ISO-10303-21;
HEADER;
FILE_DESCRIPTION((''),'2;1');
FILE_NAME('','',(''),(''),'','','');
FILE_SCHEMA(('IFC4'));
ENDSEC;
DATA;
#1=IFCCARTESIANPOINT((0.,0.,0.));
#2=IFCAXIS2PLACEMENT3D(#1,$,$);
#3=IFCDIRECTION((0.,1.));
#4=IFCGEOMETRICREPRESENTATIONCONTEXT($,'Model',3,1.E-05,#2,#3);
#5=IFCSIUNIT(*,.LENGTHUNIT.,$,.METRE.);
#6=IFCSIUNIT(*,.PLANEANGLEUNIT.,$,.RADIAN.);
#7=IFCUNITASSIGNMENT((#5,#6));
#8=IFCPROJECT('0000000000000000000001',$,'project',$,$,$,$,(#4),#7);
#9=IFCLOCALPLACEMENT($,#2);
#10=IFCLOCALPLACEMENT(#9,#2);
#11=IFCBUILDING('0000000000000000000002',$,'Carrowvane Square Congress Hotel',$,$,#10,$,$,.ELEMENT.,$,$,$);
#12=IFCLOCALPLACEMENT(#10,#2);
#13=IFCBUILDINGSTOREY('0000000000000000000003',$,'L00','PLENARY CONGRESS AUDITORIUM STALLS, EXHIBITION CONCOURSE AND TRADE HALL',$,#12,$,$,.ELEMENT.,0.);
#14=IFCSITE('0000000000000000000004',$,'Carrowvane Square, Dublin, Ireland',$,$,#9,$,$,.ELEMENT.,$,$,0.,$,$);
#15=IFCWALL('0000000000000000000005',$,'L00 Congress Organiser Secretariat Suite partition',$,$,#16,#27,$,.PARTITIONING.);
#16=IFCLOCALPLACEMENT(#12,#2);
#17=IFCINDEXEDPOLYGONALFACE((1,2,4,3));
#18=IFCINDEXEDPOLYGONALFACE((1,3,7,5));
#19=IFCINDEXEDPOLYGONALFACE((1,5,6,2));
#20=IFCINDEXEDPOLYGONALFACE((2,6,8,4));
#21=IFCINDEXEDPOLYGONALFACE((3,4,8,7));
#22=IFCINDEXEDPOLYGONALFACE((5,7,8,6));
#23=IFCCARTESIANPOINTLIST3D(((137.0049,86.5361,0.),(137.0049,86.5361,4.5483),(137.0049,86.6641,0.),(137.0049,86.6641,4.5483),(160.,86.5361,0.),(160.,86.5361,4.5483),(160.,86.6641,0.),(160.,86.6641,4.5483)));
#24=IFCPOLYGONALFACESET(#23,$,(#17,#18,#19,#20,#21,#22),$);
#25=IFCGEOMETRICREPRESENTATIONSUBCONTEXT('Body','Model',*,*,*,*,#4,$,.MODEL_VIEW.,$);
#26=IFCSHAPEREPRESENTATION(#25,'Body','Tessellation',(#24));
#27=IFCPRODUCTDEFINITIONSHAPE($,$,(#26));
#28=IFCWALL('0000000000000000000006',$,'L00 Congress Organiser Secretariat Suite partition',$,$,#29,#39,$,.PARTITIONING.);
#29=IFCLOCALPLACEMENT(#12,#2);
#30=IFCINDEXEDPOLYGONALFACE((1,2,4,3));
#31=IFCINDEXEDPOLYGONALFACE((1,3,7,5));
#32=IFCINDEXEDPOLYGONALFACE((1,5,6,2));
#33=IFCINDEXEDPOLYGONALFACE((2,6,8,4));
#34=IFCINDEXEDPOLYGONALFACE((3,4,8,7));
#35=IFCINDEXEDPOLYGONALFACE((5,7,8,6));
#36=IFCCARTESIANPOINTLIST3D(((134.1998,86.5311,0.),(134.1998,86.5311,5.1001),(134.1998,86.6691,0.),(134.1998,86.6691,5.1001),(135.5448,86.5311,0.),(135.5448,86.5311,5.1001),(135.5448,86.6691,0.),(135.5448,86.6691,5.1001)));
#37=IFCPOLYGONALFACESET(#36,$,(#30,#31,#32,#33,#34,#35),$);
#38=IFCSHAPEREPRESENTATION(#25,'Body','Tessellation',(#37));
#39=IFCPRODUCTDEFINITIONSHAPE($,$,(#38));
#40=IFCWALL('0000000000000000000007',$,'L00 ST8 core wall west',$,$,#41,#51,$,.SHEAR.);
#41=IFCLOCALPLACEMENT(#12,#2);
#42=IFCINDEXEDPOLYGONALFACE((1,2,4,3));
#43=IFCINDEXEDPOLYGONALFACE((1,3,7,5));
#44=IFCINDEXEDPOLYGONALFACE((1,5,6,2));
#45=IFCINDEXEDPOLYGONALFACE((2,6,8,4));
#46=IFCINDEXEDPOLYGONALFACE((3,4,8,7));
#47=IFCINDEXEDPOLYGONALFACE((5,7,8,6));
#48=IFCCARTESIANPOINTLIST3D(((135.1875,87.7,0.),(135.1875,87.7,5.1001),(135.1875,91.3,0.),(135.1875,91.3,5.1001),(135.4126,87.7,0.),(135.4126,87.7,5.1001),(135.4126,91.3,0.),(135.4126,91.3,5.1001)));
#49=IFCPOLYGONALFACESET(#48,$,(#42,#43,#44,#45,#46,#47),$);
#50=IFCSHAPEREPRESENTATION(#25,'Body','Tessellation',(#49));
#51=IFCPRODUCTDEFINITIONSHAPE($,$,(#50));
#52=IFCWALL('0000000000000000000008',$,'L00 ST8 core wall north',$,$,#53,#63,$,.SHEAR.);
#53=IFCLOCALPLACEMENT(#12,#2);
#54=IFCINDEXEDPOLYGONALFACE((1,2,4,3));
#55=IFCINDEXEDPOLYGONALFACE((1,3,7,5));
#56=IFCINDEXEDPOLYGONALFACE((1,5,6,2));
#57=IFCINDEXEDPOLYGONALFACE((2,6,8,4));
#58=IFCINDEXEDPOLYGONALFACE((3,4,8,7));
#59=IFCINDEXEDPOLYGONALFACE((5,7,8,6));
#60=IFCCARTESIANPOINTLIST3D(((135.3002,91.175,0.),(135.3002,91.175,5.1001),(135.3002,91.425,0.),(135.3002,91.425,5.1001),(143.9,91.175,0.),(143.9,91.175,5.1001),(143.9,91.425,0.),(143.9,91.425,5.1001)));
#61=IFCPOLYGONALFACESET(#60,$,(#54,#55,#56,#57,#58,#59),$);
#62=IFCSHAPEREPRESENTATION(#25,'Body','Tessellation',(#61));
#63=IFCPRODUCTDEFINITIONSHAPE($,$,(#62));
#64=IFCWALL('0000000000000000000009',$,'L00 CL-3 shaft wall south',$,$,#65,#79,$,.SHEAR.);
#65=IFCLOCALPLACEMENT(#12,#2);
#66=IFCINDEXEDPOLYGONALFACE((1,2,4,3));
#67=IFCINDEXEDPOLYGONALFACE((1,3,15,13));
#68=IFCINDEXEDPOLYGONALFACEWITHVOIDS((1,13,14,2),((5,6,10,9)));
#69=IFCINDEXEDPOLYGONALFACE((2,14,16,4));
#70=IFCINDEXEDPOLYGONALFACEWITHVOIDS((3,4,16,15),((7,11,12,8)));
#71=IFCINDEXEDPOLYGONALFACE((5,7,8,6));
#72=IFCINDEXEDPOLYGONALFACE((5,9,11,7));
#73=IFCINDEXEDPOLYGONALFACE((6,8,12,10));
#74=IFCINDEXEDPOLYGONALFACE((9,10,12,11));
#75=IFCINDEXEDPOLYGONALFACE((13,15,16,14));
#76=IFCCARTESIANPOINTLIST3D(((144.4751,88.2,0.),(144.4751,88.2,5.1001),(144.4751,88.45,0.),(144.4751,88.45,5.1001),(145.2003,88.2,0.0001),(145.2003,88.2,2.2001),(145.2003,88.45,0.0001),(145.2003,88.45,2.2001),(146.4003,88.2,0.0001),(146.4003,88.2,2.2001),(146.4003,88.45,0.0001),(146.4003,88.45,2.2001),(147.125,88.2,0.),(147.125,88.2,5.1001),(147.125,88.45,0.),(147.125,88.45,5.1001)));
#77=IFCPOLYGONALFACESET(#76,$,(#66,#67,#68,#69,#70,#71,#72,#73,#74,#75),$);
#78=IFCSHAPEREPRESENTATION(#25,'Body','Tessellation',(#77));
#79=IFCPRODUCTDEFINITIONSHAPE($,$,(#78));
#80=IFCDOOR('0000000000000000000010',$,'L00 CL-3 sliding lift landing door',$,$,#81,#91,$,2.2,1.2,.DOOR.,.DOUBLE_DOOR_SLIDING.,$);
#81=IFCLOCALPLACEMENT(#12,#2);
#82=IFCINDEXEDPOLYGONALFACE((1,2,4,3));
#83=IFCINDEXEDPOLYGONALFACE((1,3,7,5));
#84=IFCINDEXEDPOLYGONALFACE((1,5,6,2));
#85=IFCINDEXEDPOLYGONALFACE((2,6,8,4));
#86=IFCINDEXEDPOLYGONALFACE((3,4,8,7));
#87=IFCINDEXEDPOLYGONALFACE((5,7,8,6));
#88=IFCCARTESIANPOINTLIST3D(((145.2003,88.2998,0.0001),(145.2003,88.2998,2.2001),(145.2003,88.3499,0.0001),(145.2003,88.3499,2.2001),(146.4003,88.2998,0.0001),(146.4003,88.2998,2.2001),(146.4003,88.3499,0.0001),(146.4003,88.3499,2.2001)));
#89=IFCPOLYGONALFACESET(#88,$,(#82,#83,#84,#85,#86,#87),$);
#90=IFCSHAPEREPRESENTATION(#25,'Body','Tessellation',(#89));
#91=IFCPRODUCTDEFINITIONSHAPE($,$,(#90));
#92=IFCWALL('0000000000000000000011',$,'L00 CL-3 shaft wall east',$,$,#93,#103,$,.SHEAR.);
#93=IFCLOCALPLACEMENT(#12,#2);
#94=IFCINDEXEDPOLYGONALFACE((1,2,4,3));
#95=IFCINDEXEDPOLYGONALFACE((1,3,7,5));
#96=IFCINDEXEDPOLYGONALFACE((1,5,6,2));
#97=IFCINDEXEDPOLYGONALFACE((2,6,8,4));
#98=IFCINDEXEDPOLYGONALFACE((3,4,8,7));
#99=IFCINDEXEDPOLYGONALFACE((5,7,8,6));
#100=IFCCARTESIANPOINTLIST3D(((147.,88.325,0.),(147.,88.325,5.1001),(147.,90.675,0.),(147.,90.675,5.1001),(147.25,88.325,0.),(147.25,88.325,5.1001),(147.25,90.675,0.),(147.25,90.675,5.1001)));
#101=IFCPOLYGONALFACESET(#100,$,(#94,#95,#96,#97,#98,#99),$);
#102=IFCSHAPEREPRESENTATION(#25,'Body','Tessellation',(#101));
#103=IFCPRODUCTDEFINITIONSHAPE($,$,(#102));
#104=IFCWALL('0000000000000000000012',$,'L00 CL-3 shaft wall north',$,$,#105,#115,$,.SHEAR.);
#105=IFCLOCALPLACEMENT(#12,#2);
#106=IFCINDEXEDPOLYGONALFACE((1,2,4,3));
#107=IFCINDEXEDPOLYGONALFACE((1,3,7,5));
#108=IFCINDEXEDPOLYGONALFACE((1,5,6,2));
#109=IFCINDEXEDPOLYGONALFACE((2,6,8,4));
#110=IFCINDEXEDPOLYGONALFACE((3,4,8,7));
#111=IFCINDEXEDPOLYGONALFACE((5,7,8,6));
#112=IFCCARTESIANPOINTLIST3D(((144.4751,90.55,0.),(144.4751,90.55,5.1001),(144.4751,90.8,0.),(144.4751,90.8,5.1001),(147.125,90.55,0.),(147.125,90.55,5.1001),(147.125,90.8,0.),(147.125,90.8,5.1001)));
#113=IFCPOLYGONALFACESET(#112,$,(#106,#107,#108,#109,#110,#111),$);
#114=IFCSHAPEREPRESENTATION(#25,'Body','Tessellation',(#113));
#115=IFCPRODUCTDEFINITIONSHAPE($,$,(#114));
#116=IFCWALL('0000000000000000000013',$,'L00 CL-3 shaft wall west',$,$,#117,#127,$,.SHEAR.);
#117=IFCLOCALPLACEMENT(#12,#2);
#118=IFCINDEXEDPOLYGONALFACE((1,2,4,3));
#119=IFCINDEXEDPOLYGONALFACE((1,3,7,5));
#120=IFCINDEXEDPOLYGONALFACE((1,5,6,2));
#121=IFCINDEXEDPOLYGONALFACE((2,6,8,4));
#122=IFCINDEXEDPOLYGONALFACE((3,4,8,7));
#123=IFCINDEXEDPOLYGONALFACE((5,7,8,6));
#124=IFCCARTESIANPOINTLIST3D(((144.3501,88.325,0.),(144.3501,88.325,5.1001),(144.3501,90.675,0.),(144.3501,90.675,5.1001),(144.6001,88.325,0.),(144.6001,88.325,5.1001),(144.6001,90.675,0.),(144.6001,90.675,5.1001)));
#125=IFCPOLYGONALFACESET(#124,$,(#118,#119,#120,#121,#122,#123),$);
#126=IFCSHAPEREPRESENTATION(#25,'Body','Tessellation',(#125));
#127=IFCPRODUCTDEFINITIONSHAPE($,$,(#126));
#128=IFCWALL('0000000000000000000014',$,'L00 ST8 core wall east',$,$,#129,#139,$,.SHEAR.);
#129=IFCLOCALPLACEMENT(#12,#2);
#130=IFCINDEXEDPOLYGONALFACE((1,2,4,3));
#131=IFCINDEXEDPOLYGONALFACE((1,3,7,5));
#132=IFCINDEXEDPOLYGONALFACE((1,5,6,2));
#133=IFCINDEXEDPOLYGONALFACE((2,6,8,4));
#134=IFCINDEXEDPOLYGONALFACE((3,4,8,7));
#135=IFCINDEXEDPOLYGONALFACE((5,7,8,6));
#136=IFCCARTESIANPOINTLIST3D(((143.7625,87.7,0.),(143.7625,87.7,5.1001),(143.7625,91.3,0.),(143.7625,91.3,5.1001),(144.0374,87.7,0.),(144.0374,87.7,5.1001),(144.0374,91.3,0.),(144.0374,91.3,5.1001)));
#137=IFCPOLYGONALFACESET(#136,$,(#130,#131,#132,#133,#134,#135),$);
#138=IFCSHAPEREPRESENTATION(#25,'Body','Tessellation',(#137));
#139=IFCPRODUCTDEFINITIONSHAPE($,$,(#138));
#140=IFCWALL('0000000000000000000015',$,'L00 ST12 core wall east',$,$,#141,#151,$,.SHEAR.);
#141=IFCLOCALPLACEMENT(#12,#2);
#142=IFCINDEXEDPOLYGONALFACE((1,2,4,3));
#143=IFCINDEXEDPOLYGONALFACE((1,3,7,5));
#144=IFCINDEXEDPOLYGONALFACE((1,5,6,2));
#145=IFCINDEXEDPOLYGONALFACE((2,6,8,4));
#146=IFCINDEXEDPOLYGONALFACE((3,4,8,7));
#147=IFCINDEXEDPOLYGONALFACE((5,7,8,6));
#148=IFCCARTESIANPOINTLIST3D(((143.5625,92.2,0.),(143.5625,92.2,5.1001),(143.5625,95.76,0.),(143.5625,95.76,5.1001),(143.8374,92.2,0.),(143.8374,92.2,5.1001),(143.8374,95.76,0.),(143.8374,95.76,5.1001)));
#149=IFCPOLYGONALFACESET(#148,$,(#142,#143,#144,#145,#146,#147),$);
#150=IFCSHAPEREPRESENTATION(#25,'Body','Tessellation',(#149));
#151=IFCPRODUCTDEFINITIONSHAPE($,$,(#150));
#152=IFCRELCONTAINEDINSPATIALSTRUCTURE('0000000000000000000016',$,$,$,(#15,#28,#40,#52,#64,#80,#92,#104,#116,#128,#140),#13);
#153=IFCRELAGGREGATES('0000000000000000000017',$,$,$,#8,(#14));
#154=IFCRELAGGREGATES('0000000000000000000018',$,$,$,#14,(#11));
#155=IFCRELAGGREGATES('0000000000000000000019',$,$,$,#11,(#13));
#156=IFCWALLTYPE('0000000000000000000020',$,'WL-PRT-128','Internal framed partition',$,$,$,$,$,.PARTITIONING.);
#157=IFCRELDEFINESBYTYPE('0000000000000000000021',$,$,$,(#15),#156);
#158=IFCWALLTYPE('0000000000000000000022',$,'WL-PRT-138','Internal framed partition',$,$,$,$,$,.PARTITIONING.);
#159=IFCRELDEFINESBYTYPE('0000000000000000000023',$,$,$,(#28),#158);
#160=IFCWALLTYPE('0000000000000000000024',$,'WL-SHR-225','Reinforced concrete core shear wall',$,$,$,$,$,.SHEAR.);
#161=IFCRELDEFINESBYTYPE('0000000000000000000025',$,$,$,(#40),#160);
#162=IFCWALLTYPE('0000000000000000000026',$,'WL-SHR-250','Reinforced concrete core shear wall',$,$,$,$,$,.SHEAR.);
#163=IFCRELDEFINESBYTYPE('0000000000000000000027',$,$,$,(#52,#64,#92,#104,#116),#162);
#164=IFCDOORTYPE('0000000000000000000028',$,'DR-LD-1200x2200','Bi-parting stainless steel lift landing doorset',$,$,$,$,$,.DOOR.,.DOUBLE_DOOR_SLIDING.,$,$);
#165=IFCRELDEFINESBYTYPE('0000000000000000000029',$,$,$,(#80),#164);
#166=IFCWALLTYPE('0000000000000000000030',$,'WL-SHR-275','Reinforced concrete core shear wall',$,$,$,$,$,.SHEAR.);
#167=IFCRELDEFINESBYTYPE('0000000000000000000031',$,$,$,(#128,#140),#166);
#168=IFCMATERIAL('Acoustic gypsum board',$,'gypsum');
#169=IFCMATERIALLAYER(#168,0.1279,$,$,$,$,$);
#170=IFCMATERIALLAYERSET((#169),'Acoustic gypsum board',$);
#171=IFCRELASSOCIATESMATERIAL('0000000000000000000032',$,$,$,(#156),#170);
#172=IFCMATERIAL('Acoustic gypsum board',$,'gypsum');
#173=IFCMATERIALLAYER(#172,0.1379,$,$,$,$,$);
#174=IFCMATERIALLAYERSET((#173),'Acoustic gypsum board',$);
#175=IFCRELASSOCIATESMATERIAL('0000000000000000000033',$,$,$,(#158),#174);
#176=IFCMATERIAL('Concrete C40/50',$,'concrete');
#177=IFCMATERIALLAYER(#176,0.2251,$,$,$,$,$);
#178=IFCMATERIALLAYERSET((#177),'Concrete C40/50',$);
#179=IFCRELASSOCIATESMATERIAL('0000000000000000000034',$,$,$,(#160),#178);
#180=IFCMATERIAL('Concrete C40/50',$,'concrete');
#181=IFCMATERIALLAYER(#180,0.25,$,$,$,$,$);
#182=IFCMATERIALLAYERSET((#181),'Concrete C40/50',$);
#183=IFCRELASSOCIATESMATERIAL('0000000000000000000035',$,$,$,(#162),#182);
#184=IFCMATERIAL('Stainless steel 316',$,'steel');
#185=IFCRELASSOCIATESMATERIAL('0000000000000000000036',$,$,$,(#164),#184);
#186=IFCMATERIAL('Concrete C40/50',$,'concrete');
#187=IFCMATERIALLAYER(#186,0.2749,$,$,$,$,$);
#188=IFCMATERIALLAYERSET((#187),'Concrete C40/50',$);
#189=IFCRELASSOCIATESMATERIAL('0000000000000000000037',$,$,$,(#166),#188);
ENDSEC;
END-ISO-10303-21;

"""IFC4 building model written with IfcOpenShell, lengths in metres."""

from ifc_helpers import new_model, si_unit, direction, frame, frame_2d, origin, place, context, subcontext, project, spatial, rectangle, extrude, material, layer, layer_set, type_object, element, fill, save


model = new_model("IFC4")

# Units and contexts
model_context = context("Model", 3, precision=1e-05, world=origin(), true_north=direction((0.0, 1.0)))
body_context = subcontext(model_context, "Body", "Model", "MODEL_VIEW")
ifc_project = project(units=[si_unit("LENGTHUNIT", "METRE"), si_unit("PLANEANGLEUNIT", "RADIAN")], contexts=[model_context])

# Site, building, storey
site_placement = place(None, origin())
site = spatial("IfcSite", under=ifc_project, at=site_placement, Name="Carrowvane Square, Dublin, Ireland", CompositionType="ELEMENT", RefElevation=0.0)
building_placement = place(site_placement, origin())
building = spatial("IfcBuilding", under=site, at=building_placement, Name="Carrowvane Square Congress Hotel", CompositionType="ELEMENT")
storey_placement = place(building_placement, origin())
storey = spatial("IfcBuildingStorey", under=building, at=storey_placement, Name="L00", Description="PLENARY CONGRESS AUDITORIUM STALLS, EXHIBITION CONCOURSE AND TRADE HALL", CompositionType="ELEMENT", Elevation=0.0)

# Walls
ifc_material_1 = material(Name="Acoustic gypsum board", Category="gypsum")
ifc_layer_1 = layer(ifc_material_1, 0.1279)
ifc_layer_set_1 = layer_set([ifc_layer_1], Name="Acoustic gypsum board")
wall_type_1 = type_object("IfcWallType", Name="WL-PRT-128", Description="Internal framed partition", PredefinedType="PARTITIONING", material=ifc_layer_set_1)
wall_1_placement = place(storey_placement, frame((137.0049, 86.6001, 0.0), z_axis=(0.0, 0.0, 1.0), x_axis=(1.0, 0.0, 0.0)))
element("IfcWall", 1, at=wall_1_placement, inside=storey, type_object=wall_type_1, Name="L00 Congress Organiser Secretariat Suite partition", PredefinedType="PARTITIONING", context=body_context, shape_type="SweptSolid", body=[
    extrude(rectangle(XDim=22.9951, YDim=0.1279, at=frame_2d((11.4976, 0.0))), origin(), (0.0, 0.0, 1.0), 4.5483),
])
ifc_material_2 = material(Name="Acoustic gypsum board", Category="gypsum")
ifc_layer_2 = layer(ifc_material_2, 0.1379)
ifc_layer_set_2 = layer_set([ifc_layer_2], Name="Acoustic gypsum board")
wall_type_2 = type_object("IfcWallType", Name="WL-PRT-138", Description="Internal framed partition", PredefinedType="PARTITIONING", material=ifc_layer_set_2)
wall_2_placement = place(storey_placement, frame((134.2, 86.6001, 0.0), z_axis=(0.0, 0.0, 1.0), x_axis=(1.0, 0.0, 0.0)))
element("IfcWall", 2, at=wall_2_placement, inside=storey, type_object=wall_type_2, Name="L00 Congress Organiser Secretariat Suite partition", PredefinedType="PARTITIONING", context=body_context, shape_type="SweptSolid", body=[
    extrude(rectangle(XDim=1.345, YDim=0.1379, at=frame_2d((0.6724, 0.0))), origin(), (0.0, 0.0, 1.0), 5.1001),
])
ifc_material_3 = material(Name="Concrete C40/50", Category="concrete")
ifc_layer_3 = layer(ifc_material_3, 0.2251)
ifc_layer_set_3 = layer_set([ifc_layer_3], Name="Concrete C40/50")
wall_type_3 = type_object("IfcWallType", Name="WL-SHR-225", Description="Reinforced concrete core shear wall", PredefinedType="SHEAR", material=ifc_layer_set_3)
wall_3_placement = place(storey_placement, frame((135.3, 91.3, 0.0), z_axis=(0.0, 0.0, 1.0), x_axis=(0.0, -1.0, 0.0)))
element("IfcWall", 3, at=wall_3_placement, inside=storey, type_object=wall_type_3, Name="L00 ST8 core wall west", PredefinedType="SHEAR", context=body_context, shape_type="SweptSolid", body=[
    extrude(rectangle(XDim=3.6001, YDim=0.2251, at=frame_2d((1.8, 0.0))), origin(), (0.0, 0.0, 1.0), 5.1001),
])
ifc_material_4 = material(Name="Concrete C40/50", Category="concrete")
ifc_layer_4 = layer(ifc_material_4, 0.25)
ifc_layer_set_4 = layer_set([ifc_layer_4], Name="Concrete C40/50")
wall_type_4 = type_object("IfcWallType", Name="WL-SHR-250", Description="Reinforced concrete core shear wall", PredefinedType="SHEAR", material=ifc_layer_set_4)
wall_4_placement = place(storey_placement, frame((143.8999, 91.3, 0.0), z_axis=(0.0, 0.0, 1.0), x_axis=(-1.0, 0.0, 0.0)))
element("IfcWall", 4, at=wall_4_placement, inside=storey, type_object=wall_type_4, Name="L00 ST8 core wall north", PredefinedType="SHEAR", context=body_context, shape_type="SweptSolid", body=[
    extrude(rectangle(XDim=8.5999, YDim=0.25, at=frame_2d((4.2998, 0.0))), origin(), (0.0, 0.0, 1.0), 5.1001),
])

# Wall, opening, door
wall_5_placement = place(storey_placement, frame((144.4751, 88.325, 0.0), z_axis=(0.0, 0.0, 1.0), x_axis=(1.0, 0.0, 0.0)))
wall_5 = element("IfcWall", 5, at=wall_5_placement, inside=storey, type_object=wall_type_4, Name="L00 CL-3 shaft wall south", PredefinedType="SHEAR", context=body_context, shape_type="SweptSolid", body=[
    extrude(rectangle(XDim=2.6499, YDim=0.25, at=frame_2d((1.325, 0.0))), origin(), (0.0, 0.0, 1.0), 5.1001),
])
opening_1_placement = place(wall_5_placement, frame((0.7251, 0.0, 0.0)))
opening_1 = element("IfcOpeningElement", 6, at=opening_1_placement, cuts=wall_5, PredefinedType="OPENING", context=body_context, shape_type="SweptSolid", body=[
    extrude(rectangle(XDim=1.2, YDim=2.2, at=frame_2d((0.6001, 1.1001))), frame((0.0, 0.135, 0.0), z_axis=(0.0, -1.0, 0.0), x_axis=(1.0, 0.0, 0.0)), (0.0, 0.0, 1.0), 0.27),
])
ifc_material_5 = material(Name="Stainless steel 316", Category="steel")
door_type_1 = type_object("IfcDoorType", Name="DR-LD-1200x2200", Description="Bi-parting stainless steel lift landing doorset", OperationType="DOUBLE_DOOR_SLIDING", PredefinedType="DOOR", material=ifc_material_5)
door_1_placement = place(opening_1_placement, origin())
door_1 = element("IfcDoor", 7, at=door_1_placement, inside=storey, type_object=door_type_1, Name="L00 CL-3 sliding lift landing door", OperationType="DOUBLE_DOOR_SLIDING", OverallHeight=2.2, OverallWidth=1.2, PredefinedType="DOOR", context=body_context, shape_type="SweptSolid", body=[
    extrude(rectangle(XDim=1.2, YDim=2.2, at=frame_2d((0.6001, 1.1001))), frame((0.0, 0.0249, 0.0), z_axis=(0.0, -1.0, 0.0), x_axis=(1.0, 0.0, 0.0)), (0.0, 0.0, 1.0), 0.05),
])
fill(opening_1, door_1)

# Walls
wall_6_placement = place(storey_placement, frame((147.125, 88.325, 0.0), z_axis=(0.0, 0.0, 1.0), x_axis=(0.0, 1.0, 0.0)))
element("IfcWall", 8, at=wall_6_placement, inside=storey, type_object=wall_type_4, Name="L00 CL-3 shaft wall east", PredefinedType="SHEAR", context=body_context, shape_type="SweptSolid", body=[
    extrude(rectangle(XDim=2.3501, YDim=0.25, at=frame_2d((1.175, 0.0))), origin(), (0.0, 0.0, 1.0), 5.1001),
])
wall_7_placement = place(storey_placement, frame((147.125, 90.675, 0.0), z_axis=(0.0, 0.0, 1.0), x_axis=(-1.0, 0.0, 0.0)))
element("IfcWall", 9, at=wall_7_placement, inside=storey, type_object=wall_type_4, Name="L00 CL-3 shaft wall north", PredefinedType="SHEAR", context=body_context, shape_type="SweptSolid", body=[
    extrude(rectangle(XDim=2.6499, YDim=0.25, at=frame_2d((1.325, 0.0))), origin(), (0.0, 0.0, 1.0), 5.1001),
])
wall_8_placement = place(storey_placement, frame((144.4751, 90.675, 0.0), z_axis=(0.0, 0.0, 1.0), x_axis=(0.0, -1.0, 0.0)))
element("IfcWall", 10, at=wall_8_placement, inside=storey, type_object=wall_type_4, Name="L00 CL-3 shaft wall west", PredefinedType="SHEAR", context=body_context, shape_type="SweptSolid", body=[
    extrude(rectangle(XDim=2.3501, YDim=0.25, at=frame_2d((1.175, 0.0))), origin(), (0.0, 0.0, 1.0), 5.1001),
])
ifc_material_6 = material(Name="Concrete C40/50", Category="concrete")
ifc_layer_5 = layer(ifc_material_6, 0.2749)
ifc_layer_set_5 = layer_set([ifc_layer_5], Name="Concrete C40/50")
wall_type_5 = type_object("IfcWallType", Name="WL-SHR-275", Description="Reinforced concrete core shear wall", PredefinedType="SHEAR", material=ifc_layer_set_5)
wall_9_placement = place(storey_placement, frame((143.8999, 87.7, 0.0), z_axis=(0.0, 0.0, 1.0), x_axis=(0.0, 1.0, 0.0)))
element("IfcWall", 11, at=wall_9_placement, inside=storey, type_object=wall_type_5, Name="L00 ST8 core wall east", PredefinedType="SHEAR", context=body_context, shape_type="SweptSolid", body=[
    extrude(rectangle(XDim=3.6001, YDim=0.2749, at=frame_2d((1.8, 0.0))), origin(), (0.0, 0.0, 1.0), 5.1001),
])
wall_10_placement = place(storey_placement, frame((143.7, 92.2, 0.0), z_axis=(0.0, 0.0, 1.0), x_axis=(0.0, 1.0, 0.0)))
element("IfcWall", 12, at=wall_10_placement, inside=storey, type_object=wall_type_5, Name="L00 ST12 core wall east", PredefinedType="SHEAR", context=body_context, shape_type="SweptSolid", body=[
    extrude(rectangle(XDim=3.5601, YDim=0.2749, at=frame_2d((1.78, 0.0))), origin(), (0.0, 0.0, 1.0), 5.1001),
])

save(model, "model.ifc")
